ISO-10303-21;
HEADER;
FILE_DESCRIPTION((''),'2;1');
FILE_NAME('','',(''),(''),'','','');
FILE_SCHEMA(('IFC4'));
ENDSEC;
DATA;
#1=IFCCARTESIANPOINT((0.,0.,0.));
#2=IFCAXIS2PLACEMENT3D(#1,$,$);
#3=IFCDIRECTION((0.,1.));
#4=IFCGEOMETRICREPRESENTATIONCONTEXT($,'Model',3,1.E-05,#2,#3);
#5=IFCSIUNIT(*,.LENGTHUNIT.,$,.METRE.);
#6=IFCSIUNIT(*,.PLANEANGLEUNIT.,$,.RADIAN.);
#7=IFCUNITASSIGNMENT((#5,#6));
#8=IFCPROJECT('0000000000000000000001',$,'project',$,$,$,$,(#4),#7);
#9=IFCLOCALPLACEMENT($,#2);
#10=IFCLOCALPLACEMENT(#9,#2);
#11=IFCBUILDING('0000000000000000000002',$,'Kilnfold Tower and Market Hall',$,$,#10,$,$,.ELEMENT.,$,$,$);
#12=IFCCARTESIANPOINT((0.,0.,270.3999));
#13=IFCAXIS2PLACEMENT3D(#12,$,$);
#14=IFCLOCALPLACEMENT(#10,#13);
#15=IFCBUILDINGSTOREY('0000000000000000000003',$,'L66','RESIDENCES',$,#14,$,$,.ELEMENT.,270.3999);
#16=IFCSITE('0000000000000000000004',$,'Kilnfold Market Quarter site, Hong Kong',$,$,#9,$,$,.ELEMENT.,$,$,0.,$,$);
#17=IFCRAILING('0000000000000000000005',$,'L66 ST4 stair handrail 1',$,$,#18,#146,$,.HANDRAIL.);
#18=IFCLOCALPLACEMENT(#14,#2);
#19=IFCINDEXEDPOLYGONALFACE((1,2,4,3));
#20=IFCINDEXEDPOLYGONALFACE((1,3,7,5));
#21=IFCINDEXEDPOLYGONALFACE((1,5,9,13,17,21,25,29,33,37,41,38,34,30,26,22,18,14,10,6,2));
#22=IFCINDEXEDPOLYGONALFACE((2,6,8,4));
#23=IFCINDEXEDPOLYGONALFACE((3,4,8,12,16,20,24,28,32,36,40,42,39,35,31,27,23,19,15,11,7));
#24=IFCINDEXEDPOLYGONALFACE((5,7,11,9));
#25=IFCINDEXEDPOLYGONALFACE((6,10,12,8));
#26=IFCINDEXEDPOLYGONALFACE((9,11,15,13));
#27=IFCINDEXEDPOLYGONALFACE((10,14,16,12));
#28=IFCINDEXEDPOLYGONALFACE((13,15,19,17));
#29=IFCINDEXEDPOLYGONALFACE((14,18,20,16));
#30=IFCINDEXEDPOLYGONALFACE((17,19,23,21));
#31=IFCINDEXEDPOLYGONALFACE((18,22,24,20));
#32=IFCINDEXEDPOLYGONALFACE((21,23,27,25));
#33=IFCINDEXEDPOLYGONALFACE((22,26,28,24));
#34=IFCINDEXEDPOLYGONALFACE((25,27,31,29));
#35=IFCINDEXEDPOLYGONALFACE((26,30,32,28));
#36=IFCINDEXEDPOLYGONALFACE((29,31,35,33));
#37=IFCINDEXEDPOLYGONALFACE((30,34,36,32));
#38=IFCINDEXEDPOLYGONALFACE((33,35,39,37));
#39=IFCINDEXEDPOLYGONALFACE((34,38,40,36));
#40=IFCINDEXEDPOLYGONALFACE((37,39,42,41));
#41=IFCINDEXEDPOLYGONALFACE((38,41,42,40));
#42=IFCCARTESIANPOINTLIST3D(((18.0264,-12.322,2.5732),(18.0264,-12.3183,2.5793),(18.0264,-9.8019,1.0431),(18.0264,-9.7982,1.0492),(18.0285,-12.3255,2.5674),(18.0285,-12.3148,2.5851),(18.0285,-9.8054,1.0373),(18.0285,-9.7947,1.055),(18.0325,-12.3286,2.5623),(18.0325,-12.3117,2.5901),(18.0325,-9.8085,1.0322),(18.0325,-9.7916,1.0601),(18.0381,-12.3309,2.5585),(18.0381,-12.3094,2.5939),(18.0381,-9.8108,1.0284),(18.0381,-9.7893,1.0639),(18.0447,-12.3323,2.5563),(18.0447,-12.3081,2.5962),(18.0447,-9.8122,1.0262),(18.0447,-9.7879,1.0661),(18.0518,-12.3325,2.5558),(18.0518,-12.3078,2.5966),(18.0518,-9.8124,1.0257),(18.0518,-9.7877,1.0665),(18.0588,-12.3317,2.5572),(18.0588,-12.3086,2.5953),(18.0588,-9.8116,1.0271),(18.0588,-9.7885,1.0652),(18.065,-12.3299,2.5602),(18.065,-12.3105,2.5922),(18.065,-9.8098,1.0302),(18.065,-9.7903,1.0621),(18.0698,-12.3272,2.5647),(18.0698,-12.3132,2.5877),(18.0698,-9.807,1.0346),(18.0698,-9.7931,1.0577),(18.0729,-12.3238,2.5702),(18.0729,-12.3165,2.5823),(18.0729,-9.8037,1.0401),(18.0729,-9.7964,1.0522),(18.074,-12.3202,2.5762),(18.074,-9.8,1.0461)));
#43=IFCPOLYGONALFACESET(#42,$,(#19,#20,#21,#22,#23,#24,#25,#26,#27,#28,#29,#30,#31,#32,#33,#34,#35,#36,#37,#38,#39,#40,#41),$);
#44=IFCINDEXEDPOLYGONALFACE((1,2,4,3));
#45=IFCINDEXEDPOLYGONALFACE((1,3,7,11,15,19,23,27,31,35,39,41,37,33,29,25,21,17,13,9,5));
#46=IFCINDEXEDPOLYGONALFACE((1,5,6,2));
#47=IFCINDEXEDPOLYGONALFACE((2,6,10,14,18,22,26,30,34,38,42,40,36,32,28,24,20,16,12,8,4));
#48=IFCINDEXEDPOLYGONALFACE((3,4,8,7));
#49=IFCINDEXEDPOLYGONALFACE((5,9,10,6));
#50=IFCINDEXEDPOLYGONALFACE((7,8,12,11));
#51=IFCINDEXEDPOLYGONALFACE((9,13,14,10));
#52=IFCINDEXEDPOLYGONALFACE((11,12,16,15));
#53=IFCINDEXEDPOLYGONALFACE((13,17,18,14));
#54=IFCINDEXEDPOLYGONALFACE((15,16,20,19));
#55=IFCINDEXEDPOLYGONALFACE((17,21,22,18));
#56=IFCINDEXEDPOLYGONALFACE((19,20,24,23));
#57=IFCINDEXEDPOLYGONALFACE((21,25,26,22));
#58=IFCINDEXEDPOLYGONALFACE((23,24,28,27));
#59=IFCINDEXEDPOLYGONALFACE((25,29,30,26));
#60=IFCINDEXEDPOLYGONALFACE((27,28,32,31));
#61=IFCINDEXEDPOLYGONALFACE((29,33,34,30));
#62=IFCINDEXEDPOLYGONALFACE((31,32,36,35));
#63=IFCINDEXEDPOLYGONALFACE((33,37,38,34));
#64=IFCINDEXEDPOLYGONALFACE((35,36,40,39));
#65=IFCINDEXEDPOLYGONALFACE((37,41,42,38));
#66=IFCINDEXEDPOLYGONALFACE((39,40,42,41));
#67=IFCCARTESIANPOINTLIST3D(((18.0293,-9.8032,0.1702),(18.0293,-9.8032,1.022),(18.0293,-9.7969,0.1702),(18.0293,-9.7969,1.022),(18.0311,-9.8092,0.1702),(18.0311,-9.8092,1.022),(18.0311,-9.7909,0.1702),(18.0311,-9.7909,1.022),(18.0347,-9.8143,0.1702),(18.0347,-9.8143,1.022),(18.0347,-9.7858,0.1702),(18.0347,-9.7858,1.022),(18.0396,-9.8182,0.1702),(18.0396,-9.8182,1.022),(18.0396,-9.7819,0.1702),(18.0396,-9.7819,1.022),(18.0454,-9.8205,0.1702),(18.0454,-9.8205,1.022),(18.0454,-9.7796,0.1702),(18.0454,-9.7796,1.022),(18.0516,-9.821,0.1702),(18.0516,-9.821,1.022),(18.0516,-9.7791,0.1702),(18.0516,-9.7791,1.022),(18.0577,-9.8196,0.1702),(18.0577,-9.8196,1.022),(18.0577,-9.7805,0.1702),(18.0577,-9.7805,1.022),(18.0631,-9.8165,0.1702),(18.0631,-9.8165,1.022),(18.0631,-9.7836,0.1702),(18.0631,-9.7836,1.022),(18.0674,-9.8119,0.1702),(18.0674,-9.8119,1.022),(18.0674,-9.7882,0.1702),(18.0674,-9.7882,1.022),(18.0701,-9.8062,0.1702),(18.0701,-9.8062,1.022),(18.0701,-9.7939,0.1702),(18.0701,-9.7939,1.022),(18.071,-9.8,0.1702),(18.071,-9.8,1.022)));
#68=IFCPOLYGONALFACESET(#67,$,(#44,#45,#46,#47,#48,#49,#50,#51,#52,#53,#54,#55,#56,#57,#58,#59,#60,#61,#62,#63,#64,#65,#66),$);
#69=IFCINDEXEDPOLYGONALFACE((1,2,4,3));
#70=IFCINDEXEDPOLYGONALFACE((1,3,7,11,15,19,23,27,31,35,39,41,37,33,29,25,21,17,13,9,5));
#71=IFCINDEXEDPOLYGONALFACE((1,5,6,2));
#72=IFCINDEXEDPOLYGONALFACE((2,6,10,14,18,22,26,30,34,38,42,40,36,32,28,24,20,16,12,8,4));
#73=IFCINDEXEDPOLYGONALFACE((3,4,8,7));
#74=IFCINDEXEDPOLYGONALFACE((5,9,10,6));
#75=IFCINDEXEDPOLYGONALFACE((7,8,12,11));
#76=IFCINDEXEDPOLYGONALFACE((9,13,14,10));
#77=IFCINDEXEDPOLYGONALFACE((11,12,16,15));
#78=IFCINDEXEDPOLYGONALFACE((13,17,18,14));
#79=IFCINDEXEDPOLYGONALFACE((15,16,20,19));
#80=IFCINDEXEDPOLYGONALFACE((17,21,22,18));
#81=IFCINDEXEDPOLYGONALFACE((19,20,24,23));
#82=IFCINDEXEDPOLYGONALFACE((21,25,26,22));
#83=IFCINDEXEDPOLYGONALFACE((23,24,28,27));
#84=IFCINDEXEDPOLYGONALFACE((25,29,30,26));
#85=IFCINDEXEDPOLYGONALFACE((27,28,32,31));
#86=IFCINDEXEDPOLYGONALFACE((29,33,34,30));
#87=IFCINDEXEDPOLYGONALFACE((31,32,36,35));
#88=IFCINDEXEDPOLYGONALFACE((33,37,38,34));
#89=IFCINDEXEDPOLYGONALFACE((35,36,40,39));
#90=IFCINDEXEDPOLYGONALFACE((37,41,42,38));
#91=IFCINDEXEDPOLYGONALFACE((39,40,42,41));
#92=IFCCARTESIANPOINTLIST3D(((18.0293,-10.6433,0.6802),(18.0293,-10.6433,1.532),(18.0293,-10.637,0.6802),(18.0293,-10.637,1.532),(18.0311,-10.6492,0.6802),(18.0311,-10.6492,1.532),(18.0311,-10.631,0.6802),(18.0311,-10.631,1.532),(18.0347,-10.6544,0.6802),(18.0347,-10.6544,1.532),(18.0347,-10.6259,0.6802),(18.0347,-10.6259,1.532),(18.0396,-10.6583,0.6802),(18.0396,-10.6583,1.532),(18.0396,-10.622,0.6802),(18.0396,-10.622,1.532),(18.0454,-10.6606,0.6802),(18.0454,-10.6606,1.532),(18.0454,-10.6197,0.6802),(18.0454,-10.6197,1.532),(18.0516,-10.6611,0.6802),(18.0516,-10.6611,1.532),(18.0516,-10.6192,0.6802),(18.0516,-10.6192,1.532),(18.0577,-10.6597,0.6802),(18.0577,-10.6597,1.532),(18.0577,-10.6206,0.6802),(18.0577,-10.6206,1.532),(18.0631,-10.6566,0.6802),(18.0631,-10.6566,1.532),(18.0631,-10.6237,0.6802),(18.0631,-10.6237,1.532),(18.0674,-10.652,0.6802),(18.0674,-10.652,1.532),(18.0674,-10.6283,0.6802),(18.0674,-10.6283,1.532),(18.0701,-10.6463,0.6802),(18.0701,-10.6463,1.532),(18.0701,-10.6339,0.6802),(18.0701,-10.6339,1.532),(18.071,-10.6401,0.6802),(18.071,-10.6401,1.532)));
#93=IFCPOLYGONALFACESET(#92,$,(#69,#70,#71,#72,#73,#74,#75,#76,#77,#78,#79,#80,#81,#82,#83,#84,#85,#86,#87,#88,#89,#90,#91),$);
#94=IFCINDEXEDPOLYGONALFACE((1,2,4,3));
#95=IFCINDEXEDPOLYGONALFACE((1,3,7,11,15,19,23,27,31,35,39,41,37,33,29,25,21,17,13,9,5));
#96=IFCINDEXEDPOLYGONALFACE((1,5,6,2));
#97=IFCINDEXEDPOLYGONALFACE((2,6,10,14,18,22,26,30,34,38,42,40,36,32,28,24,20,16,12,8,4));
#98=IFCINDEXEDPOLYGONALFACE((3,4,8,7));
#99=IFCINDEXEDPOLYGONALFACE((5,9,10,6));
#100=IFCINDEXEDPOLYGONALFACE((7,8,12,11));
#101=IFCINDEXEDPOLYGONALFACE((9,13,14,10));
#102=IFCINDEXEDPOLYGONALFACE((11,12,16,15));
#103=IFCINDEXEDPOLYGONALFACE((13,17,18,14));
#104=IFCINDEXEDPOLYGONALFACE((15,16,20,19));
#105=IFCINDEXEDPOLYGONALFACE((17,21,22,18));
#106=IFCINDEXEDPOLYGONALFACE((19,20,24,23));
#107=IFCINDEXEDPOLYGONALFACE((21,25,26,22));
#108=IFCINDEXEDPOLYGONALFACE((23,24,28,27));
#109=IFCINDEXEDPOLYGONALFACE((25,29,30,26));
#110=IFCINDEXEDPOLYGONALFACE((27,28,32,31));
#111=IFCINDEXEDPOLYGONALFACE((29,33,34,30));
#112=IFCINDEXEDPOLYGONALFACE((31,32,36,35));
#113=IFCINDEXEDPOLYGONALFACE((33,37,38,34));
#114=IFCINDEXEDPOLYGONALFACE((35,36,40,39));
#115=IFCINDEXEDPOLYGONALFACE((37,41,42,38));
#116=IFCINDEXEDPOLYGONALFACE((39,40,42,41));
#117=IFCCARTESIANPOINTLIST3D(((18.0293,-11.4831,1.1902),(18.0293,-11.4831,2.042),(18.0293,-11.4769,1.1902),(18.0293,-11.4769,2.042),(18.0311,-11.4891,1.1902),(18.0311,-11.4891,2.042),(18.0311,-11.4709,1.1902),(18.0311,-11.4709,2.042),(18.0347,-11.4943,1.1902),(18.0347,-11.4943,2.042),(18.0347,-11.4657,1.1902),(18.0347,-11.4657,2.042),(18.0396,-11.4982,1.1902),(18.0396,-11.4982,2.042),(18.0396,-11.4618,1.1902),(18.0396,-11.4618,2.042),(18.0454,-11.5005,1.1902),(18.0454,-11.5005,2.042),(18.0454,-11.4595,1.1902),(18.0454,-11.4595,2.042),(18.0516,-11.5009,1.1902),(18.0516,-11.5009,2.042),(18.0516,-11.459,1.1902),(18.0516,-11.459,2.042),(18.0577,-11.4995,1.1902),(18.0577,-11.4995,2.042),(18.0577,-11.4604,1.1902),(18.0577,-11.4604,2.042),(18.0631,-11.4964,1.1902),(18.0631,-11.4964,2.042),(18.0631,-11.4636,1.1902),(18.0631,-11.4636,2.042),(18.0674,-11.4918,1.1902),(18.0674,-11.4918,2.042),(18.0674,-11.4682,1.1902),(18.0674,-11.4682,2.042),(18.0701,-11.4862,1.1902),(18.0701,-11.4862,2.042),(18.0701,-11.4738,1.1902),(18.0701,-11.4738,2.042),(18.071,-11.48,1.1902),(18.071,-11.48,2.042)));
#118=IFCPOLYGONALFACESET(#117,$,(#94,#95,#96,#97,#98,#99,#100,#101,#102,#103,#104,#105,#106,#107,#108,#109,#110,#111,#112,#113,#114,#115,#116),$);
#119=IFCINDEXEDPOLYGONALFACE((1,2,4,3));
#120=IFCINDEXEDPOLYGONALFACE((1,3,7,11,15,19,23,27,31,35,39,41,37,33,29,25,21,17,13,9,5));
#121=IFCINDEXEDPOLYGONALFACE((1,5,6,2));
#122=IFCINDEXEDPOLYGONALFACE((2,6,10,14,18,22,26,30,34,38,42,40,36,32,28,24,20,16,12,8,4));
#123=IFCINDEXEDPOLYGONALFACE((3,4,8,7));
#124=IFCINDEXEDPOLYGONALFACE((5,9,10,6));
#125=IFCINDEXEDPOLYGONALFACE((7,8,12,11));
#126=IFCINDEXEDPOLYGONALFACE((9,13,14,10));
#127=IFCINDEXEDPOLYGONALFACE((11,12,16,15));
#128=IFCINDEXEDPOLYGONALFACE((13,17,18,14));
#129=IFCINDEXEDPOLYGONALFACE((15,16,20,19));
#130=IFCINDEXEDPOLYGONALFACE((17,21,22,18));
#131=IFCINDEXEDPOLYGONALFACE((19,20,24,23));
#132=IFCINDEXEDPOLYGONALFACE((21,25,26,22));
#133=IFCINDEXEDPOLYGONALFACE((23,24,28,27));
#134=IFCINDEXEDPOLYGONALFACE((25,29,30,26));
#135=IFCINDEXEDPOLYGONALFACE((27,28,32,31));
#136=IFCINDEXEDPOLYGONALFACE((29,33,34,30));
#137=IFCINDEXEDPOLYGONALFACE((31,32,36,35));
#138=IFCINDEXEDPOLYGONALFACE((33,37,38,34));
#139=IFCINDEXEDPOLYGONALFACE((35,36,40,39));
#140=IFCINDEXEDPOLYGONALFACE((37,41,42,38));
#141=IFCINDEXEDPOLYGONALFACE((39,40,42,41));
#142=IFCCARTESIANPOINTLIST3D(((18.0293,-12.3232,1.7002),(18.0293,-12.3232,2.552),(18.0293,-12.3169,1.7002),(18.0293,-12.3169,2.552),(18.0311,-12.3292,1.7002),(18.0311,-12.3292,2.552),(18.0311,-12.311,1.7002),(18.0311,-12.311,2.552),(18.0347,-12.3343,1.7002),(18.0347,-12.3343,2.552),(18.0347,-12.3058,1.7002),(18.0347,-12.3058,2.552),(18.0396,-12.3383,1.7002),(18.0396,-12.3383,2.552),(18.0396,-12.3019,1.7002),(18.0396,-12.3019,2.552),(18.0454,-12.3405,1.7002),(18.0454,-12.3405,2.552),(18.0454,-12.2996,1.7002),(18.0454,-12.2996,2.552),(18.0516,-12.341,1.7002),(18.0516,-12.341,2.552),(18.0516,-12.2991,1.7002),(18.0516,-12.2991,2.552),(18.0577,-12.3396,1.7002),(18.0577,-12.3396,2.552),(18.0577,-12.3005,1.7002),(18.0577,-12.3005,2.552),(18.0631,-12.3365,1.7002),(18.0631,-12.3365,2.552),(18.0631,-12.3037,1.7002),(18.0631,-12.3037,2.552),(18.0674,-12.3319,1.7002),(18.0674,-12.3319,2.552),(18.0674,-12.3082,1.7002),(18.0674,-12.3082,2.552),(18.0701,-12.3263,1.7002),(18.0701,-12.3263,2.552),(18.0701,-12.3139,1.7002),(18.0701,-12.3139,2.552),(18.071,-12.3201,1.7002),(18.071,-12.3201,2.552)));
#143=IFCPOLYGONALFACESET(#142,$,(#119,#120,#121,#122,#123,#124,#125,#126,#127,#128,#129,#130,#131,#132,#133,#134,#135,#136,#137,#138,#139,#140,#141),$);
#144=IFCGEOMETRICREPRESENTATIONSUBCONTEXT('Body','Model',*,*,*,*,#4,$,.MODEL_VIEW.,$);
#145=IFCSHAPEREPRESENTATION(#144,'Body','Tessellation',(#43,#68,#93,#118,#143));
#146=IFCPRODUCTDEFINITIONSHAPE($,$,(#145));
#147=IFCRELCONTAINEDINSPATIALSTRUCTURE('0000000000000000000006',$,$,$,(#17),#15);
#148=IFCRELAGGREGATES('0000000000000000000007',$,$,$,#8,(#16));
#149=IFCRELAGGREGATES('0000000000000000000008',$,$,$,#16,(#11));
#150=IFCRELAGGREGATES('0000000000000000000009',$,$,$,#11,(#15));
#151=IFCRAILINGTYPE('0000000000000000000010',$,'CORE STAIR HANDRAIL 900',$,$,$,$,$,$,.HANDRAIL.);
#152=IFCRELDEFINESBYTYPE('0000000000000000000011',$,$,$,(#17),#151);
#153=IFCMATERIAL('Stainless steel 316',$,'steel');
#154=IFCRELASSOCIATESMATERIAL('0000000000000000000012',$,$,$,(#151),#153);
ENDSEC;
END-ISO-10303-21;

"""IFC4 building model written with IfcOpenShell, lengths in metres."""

from ifc_helpers import new_model, si_unit, direction, frame, origin, origin_2d, place, context, subcontext, project, spatial, circle, extrude, material, type_object, element, save


model = new_model("IFC4")

# Units and contexts
model_context = context("Model", 3, precision=1e-05, world=origin(), true_north=direction((0.0, 1.0)))
body_context = subcontext(model_context, "Body", "Model", "MODEL_VIEW")
ifc_project = project(units=[si_unit("LENGTHUNIT", "METRE"), si_unit("PLANEANGLEUNIT", "RADIAN")], contexts=[model_context])

# Site, building, storey
site_placement = place(None, origin())
site = spatial("IfcSite", under=ifc_project, at=site_placement, Name="Kilnfold Market Quarter site, Hong Kong", CompositionType="ELEMENT", RefElevation=0.0)
building_placement = place(site_placement, origin())
building = spatial("IfcBuilding", under=site, at=building_placement, Name="Kilnfold Tower and Market Hall", CompositionType="ELEMENT")
storey_placement = place(building_placement, frame((0.0, 0.0, 270.3999)))
storey = spatial("IfcBuildingStorey", under=building, at=storey_placement, Name="L66", Description="RESIDENCES", CompositionType="ELEMENT", Elevation=270.3999)

# Railing
ifc_material_1 = material(Name="Stainless steel 316", Category="steel")
railing_type_1 = type_object("IfcRailingType", Name="CORE STAIR HANDRAIL 900", PredefinedType="HANDRAIL", material=ifc_material_1)
railing_1_placement = place(storey_placement, frame((18.05, -9.8, 0.1702)))
element("IfcRailing", 1, at=railing_1_placement, inside=storey, type_object=railing_type_1, Name="L66 ST4 stair handrail 1", PredefinedType="HANDRAIL", context=body_context, shape_type="SweptSolid", body=[
    extrude(circle(Radius=0.0239, at=origin_2d()), frame((0.0, 0.0, 0.876), z_axis=(0.0, -0.854785, 0.518982), x_axis=(1.0, 0.0, 0.0)), (0.0, 0.0, 1.0), 2.9482),
    extrude(circle(Radius=0.021, at=origin_2d()), origin(), (0.0, 0.0, 1.0), 0.8518),
    extrude(circle(Radius=0.021, at=origin_2d()), frame((0.0, -0.8401, 0.51)), (0.0, 0.0, 1.0), 0.8518),
    extrude(circle(Radius=0.021, at=origin_2d()), frame((0.0, -1.6799, 1.02)), (0.0, 0.0, 1.0), 0.8518),
    extrude(circle(Radius=0.021, at=origin_2d()), frame((0.0, -2.52, 1.53)), (0.0, 0.0, 1.0), 0.8518),
])

save(model, "model.ifc")
